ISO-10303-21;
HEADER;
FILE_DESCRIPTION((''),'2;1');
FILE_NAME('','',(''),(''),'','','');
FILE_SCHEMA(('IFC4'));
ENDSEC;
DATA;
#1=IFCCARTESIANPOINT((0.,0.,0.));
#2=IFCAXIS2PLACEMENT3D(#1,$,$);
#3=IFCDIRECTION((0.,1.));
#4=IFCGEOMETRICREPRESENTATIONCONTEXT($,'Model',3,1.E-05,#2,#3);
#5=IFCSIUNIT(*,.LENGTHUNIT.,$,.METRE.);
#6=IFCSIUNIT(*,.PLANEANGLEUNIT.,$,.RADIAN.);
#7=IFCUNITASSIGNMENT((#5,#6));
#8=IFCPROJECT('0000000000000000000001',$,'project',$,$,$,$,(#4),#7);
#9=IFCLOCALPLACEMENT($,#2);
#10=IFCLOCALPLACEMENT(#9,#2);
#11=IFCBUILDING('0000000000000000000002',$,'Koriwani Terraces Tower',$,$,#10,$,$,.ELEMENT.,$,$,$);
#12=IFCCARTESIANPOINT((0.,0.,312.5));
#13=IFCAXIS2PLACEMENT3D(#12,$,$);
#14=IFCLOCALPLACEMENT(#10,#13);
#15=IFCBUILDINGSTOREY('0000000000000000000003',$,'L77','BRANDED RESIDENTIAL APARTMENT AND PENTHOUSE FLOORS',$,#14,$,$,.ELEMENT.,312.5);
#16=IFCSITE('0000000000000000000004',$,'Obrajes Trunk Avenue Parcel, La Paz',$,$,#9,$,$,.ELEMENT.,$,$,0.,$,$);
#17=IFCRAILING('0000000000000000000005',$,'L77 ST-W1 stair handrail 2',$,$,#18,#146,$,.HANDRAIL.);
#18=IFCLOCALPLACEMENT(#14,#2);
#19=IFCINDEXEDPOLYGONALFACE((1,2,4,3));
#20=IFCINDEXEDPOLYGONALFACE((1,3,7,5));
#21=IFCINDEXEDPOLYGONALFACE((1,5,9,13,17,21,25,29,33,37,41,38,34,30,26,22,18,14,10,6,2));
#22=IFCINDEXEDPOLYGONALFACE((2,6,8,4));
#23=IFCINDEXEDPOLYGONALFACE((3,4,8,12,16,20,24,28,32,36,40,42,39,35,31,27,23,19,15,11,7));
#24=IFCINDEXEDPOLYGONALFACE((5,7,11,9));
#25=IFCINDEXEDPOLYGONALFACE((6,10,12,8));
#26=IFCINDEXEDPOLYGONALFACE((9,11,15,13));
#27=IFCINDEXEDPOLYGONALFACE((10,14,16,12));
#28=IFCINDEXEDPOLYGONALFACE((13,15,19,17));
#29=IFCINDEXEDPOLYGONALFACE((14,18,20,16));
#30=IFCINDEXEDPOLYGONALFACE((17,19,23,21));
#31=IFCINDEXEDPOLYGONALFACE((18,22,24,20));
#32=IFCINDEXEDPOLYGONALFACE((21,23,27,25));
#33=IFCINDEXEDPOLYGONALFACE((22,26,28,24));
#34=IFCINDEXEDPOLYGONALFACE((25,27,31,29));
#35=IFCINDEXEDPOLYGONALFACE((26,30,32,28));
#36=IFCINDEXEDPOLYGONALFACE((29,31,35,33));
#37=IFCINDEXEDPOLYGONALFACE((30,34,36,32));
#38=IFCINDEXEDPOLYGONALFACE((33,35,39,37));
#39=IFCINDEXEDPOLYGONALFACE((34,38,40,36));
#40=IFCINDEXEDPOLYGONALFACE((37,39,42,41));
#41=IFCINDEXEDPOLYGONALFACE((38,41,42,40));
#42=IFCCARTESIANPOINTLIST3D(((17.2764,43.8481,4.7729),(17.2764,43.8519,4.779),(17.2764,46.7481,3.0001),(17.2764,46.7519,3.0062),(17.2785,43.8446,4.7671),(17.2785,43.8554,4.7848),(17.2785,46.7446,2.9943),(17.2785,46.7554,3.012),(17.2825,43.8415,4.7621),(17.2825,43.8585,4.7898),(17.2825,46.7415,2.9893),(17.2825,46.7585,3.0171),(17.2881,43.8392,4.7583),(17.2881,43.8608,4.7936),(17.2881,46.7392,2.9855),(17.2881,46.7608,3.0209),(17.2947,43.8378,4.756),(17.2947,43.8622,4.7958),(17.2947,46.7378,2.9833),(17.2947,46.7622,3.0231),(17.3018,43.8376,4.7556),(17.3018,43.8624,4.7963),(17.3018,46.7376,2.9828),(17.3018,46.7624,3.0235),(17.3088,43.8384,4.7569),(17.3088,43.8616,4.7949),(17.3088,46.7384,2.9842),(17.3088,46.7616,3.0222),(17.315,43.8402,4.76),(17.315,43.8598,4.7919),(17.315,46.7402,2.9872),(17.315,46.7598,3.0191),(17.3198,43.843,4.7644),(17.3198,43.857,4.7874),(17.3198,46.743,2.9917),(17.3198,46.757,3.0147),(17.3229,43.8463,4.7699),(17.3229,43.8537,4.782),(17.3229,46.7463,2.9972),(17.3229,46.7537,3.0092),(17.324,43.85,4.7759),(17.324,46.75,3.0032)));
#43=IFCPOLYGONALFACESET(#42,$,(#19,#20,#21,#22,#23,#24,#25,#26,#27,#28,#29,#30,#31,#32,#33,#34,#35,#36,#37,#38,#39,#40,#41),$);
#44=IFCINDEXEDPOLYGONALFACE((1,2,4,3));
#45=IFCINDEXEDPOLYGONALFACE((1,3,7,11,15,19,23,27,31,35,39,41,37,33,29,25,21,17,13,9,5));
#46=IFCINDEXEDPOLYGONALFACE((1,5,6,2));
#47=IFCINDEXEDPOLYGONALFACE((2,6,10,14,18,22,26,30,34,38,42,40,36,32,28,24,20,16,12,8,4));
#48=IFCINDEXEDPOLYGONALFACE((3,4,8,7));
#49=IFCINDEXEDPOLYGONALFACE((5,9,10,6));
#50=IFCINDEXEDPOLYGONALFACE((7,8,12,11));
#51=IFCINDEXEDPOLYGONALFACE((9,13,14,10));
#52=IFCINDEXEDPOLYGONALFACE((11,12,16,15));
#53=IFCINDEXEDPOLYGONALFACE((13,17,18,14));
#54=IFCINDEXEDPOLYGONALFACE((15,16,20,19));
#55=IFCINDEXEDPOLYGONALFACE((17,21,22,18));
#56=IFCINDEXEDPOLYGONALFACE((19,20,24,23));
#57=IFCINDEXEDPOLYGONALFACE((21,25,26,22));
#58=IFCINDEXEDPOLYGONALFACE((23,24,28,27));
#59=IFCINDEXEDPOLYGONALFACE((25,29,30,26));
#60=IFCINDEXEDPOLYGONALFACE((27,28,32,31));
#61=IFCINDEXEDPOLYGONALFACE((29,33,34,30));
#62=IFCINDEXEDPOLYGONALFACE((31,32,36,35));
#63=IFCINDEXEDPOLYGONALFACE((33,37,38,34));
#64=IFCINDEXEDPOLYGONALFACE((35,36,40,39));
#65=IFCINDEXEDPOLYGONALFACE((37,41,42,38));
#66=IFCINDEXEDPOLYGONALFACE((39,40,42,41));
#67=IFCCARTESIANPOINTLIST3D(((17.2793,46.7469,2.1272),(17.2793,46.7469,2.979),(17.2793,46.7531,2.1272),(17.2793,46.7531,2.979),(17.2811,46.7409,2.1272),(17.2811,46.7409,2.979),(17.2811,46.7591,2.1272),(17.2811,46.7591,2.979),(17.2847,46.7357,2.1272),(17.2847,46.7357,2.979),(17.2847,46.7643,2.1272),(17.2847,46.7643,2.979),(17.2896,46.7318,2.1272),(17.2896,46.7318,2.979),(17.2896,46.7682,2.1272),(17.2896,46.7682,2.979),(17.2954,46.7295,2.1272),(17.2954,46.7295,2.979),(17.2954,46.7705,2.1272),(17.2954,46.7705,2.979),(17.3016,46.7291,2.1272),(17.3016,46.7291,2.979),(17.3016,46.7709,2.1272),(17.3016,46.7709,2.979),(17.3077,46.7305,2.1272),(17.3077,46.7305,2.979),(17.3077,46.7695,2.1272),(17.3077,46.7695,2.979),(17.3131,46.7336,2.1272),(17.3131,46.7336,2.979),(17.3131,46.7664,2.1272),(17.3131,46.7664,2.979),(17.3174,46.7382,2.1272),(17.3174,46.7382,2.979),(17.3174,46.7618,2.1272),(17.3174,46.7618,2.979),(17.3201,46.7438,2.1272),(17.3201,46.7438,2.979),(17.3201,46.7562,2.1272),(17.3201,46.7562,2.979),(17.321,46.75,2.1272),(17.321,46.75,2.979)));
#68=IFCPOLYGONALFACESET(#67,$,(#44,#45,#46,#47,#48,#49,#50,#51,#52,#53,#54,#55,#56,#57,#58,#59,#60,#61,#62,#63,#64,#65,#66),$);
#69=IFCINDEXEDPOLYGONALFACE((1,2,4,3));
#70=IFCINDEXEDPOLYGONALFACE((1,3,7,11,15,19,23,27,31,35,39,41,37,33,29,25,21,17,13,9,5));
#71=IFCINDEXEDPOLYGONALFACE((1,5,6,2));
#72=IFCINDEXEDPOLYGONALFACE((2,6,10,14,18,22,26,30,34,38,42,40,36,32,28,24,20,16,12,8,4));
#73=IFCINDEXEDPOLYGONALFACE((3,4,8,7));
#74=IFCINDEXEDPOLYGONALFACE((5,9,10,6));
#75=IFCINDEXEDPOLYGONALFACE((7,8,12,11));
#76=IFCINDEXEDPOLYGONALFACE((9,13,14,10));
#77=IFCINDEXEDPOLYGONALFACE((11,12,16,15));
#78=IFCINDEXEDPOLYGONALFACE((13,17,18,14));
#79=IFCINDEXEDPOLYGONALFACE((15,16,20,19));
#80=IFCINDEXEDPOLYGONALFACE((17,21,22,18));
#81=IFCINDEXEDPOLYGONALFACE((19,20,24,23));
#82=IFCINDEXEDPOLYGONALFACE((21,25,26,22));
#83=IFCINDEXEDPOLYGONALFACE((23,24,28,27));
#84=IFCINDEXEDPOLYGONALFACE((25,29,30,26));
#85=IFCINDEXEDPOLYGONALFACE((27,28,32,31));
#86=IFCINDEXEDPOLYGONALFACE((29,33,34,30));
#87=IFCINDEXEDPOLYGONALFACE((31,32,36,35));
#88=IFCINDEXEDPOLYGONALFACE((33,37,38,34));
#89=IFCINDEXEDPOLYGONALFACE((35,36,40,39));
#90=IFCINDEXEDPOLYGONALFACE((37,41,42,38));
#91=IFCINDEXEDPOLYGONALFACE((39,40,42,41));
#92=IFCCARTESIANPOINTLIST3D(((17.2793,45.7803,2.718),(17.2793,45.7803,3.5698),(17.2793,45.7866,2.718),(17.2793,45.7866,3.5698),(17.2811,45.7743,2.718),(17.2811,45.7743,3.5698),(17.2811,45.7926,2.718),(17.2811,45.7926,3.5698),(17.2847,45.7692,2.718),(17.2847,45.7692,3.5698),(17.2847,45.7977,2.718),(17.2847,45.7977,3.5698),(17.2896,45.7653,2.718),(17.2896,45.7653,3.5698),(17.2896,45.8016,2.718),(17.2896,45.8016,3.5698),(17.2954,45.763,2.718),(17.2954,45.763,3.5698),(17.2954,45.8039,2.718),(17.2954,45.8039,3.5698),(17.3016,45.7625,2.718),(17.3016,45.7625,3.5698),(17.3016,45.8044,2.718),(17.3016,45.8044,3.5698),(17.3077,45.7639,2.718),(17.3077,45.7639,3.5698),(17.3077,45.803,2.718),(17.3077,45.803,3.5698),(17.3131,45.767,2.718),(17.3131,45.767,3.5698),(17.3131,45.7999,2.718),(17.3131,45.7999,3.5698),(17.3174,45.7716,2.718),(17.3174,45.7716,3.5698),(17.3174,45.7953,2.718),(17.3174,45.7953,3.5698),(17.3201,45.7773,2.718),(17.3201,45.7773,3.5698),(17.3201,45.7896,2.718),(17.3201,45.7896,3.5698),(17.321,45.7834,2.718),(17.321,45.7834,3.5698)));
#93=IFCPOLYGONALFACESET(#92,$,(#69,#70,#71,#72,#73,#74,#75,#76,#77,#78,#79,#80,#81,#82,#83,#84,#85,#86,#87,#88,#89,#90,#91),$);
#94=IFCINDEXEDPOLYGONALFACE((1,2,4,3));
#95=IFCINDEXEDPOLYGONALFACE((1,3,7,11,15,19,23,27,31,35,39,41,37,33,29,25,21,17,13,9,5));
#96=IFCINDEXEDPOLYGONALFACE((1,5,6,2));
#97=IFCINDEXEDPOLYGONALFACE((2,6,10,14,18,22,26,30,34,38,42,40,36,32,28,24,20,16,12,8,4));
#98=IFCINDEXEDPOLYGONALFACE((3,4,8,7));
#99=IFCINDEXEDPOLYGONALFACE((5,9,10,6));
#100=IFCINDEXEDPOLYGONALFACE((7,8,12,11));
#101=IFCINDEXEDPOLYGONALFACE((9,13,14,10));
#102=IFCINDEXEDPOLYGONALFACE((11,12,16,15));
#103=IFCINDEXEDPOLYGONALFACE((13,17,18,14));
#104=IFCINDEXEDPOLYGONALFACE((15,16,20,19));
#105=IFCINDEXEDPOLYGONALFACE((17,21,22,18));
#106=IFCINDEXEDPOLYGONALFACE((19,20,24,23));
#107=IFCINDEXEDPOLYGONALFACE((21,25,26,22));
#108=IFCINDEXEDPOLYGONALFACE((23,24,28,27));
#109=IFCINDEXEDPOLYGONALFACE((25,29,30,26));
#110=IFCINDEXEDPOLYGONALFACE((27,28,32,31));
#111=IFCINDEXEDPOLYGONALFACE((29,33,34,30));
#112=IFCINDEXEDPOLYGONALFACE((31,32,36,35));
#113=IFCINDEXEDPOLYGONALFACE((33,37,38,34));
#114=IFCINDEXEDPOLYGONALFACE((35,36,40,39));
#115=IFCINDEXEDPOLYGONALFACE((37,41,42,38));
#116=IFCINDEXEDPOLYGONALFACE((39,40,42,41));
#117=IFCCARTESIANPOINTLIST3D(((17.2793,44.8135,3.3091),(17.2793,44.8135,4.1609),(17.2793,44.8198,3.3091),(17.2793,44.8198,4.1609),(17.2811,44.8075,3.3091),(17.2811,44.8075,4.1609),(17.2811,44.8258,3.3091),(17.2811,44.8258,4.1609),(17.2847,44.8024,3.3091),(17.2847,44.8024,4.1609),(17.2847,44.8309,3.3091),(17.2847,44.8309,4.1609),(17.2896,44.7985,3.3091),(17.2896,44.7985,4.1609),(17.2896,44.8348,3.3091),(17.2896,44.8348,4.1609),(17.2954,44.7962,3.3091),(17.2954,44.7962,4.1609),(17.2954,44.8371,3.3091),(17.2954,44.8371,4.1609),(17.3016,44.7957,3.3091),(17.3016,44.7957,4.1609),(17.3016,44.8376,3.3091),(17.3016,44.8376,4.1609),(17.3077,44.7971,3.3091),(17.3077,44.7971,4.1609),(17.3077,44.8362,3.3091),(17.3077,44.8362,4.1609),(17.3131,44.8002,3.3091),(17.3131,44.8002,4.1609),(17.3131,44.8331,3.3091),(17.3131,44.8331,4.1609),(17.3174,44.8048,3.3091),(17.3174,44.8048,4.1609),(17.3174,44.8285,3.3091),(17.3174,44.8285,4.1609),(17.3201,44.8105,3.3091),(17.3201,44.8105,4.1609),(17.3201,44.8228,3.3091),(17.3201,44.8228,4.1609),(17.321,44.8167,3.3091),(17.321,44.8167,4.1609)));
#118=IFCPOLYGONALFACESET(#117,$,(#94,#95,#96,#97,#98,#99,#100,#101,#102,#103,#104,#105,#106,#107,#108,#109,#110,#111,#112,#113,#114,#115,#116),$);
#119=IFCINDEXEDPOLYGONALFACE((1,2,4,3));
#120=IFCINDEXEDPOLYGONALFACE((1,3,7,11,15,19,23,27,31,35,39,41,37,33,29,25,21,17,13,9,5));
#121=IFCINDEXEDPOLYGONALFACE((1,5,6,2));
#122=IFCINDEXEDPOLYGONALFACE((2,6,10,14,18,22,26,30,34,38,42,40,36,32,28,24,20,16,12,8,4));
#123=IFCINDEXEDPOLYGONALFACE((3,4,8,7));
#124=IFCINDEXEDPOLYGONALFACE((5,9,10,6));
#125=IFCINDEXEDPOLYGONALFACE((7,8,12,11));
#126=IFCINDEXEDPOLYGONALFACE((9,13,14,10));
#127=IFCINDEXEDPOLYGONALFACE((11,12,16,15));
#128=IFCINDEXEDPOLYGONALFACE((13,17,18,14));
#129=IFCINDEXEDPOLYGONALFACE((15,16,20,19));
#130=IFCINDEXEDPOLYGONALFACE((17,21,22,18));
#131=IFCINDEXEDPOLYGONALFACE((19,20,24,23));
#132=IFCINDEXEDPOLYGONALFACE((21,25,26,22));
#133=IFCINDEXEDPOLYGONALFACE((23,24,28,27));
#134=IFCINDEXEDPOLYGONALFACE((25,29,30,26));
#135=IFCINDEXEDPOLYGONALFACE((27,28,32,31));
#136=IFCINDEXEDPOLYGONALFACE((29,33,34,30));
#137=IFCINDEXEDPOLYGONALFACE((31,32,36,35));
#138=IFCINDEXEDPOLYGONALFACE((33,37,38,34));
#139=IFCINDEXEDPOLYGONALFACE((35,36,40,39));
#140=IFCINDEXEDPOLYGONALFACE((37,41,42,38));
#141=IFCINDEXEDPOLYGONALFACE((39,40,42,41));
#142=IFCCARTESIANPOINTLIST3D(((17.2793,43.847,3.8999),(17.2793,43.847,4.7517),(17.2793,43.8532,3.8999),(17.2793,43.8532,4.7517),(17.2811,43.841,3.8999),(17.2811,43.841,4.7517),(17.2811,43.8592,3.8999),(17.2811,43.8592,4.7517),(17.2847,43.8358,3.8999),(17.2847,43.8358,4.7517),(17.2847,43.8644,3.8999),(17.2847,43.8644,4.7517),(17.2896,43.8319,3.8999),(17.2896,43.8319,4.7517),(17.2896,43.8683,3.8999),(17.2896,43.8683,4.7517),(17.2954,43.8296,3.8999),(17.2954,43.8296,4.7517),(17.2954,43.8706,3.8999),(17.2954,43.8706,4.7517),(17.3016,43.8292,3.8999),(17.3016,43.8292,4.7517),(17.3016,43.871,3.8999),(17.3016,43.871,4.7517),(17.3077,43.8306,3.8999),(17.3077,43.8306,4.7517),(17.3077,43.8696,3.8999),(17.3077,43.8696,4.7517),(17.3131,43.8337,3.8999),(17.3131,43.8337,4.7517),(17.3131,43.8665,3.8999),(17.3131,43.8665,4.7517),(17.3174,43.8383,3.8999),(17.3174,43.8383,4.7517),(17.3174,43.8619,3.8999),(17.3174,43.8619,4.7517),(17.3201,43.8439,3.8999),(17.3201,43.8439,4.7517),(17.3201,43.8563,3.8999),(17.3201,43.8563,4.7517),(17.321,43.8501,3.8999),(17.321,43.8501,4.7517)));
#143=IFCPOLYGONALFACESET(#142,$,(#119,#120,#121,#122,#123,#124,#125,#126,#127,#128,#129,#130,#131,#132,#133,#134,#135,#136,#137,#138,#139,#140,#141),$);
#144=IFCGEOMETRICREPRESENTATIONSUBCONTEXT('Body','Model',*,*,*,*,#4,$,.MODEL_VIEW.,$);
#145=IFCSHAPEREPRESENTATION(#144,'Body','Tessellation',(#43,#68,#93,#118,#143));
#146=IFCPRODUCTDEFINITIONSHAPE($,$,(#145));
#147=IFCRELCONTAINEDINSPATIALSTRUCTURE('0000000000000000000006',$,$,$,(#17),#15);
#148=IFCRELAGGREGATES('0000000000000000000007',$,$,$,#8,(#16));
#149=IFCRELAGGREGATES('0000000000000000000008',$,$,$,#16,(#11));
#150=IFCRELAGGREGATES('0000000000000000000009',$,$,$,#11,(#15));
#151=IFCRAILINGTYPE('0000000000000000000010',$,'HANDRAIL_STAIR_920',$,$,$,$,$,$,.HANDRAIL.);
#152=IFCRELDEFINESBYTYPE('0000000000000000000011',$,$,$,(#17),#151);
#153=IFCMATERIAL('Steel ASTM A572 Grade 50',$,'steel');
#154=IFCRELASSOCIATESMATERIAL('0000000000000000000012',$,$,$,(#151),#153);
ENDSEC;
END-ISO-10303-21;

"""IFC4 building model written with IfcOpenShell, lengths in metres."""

from ifc_helpers import new_model, si_unit, direction, frame, origin, origin_2d, place, context, subcontext, project, spatial, circle, extrude, material, type_object, element, save


model = new_model("IFC4")

# Units and contexts
model_context = context("Model", 3, precision=1e-05, world=origin(), true_north=direction((0.0, 1.0)))
body_context = subcontext(model_context, "Body", "Model", "MODEL_VIEW")
ifc_project = project(units=[si_unit("LENGTHUNIT", "METRE"), si_unit("PLANEANGLEUNIT", "RADIAN")], contexts=[model_context])

# Site, building, storey
site_placement = place(None, origin())
site = spatial("IfcSite", under=ifc_project, at=site_placement, Name="Obrajes Trunk Avenue Parcel, La Paz", CompositionType="ELEMENT", RefElevation=0.0)
building_placement = place(site_placement, origin())
building = spatial("IfcBuilding", under=site, at=building_placement, Name="Koriwani Terraces Tower", CompositionType="ELEMENT")
storey_placement = place(building_placement, frame((0.0, 0.0, 312.5)))
storey = spatial("IfcBuildingStorey", under=building, at=storey_placement, Name="L77", Description="BRANDED RESIDENTIAL APARTMENT AND PENTHOUSE FLOORS", CompositionType="ELEMENT", Elevation=312.5)

# Shared definitions
ifc_material_1 = material(Name="Steel ASTM A572 Grade 50", Category="steel")

# Railing
railing_type_1 = type_object("IfcRailingType", Name="HANDRAIL_STAIR_920", PredefinedType="HANDRAIL", material=ifc_material_1)
railing_1_placement = place(storey_placement, frame((17.3, 46.75, 2.1272)))
element("IfcRailing", 1, at=railing_1_placement, inside=storey, type_object=railing_type_1, Name="L77 ST-W1 stair handrail 2", PredefinedType="HANDRAIL", context=body_context, shape_type="SweptSolid", body=[
    extrude(circle(Radius=0.0239, at=origin_2d()), frame((0.0, 0.0, 0.876), z_axis=(0.0, -0.853211, 0.521566), x_axis=(1.0, 0.0, 0.0)), (0.0, 0.0, 1.0), 3.3989),
    extrude(circle(Radius=0.021, at=origin_2d()), origin(), (0.0, 0.0, 1.0), 0.8518),
    extrude(circle(Radius=0.021, at=origin_2d()), frame((0.0, -0.9666, 0.5908)), (0.0, 0.0, 1.0), 0.8518),
    extrude(circle(Radius=0.021, at=origin_2d()), frame((0.0, -1.9333, 1.1819)), (0.0, 0.0, 1.0), 0.8518),
    extrude(circle(Radius=0.021, at=origin_2d()), frame((0.0, -2.8999, 1.7727)), (0.0, 0.0, 1.0), 0.8518),
])

save(model, "model.ifc")
